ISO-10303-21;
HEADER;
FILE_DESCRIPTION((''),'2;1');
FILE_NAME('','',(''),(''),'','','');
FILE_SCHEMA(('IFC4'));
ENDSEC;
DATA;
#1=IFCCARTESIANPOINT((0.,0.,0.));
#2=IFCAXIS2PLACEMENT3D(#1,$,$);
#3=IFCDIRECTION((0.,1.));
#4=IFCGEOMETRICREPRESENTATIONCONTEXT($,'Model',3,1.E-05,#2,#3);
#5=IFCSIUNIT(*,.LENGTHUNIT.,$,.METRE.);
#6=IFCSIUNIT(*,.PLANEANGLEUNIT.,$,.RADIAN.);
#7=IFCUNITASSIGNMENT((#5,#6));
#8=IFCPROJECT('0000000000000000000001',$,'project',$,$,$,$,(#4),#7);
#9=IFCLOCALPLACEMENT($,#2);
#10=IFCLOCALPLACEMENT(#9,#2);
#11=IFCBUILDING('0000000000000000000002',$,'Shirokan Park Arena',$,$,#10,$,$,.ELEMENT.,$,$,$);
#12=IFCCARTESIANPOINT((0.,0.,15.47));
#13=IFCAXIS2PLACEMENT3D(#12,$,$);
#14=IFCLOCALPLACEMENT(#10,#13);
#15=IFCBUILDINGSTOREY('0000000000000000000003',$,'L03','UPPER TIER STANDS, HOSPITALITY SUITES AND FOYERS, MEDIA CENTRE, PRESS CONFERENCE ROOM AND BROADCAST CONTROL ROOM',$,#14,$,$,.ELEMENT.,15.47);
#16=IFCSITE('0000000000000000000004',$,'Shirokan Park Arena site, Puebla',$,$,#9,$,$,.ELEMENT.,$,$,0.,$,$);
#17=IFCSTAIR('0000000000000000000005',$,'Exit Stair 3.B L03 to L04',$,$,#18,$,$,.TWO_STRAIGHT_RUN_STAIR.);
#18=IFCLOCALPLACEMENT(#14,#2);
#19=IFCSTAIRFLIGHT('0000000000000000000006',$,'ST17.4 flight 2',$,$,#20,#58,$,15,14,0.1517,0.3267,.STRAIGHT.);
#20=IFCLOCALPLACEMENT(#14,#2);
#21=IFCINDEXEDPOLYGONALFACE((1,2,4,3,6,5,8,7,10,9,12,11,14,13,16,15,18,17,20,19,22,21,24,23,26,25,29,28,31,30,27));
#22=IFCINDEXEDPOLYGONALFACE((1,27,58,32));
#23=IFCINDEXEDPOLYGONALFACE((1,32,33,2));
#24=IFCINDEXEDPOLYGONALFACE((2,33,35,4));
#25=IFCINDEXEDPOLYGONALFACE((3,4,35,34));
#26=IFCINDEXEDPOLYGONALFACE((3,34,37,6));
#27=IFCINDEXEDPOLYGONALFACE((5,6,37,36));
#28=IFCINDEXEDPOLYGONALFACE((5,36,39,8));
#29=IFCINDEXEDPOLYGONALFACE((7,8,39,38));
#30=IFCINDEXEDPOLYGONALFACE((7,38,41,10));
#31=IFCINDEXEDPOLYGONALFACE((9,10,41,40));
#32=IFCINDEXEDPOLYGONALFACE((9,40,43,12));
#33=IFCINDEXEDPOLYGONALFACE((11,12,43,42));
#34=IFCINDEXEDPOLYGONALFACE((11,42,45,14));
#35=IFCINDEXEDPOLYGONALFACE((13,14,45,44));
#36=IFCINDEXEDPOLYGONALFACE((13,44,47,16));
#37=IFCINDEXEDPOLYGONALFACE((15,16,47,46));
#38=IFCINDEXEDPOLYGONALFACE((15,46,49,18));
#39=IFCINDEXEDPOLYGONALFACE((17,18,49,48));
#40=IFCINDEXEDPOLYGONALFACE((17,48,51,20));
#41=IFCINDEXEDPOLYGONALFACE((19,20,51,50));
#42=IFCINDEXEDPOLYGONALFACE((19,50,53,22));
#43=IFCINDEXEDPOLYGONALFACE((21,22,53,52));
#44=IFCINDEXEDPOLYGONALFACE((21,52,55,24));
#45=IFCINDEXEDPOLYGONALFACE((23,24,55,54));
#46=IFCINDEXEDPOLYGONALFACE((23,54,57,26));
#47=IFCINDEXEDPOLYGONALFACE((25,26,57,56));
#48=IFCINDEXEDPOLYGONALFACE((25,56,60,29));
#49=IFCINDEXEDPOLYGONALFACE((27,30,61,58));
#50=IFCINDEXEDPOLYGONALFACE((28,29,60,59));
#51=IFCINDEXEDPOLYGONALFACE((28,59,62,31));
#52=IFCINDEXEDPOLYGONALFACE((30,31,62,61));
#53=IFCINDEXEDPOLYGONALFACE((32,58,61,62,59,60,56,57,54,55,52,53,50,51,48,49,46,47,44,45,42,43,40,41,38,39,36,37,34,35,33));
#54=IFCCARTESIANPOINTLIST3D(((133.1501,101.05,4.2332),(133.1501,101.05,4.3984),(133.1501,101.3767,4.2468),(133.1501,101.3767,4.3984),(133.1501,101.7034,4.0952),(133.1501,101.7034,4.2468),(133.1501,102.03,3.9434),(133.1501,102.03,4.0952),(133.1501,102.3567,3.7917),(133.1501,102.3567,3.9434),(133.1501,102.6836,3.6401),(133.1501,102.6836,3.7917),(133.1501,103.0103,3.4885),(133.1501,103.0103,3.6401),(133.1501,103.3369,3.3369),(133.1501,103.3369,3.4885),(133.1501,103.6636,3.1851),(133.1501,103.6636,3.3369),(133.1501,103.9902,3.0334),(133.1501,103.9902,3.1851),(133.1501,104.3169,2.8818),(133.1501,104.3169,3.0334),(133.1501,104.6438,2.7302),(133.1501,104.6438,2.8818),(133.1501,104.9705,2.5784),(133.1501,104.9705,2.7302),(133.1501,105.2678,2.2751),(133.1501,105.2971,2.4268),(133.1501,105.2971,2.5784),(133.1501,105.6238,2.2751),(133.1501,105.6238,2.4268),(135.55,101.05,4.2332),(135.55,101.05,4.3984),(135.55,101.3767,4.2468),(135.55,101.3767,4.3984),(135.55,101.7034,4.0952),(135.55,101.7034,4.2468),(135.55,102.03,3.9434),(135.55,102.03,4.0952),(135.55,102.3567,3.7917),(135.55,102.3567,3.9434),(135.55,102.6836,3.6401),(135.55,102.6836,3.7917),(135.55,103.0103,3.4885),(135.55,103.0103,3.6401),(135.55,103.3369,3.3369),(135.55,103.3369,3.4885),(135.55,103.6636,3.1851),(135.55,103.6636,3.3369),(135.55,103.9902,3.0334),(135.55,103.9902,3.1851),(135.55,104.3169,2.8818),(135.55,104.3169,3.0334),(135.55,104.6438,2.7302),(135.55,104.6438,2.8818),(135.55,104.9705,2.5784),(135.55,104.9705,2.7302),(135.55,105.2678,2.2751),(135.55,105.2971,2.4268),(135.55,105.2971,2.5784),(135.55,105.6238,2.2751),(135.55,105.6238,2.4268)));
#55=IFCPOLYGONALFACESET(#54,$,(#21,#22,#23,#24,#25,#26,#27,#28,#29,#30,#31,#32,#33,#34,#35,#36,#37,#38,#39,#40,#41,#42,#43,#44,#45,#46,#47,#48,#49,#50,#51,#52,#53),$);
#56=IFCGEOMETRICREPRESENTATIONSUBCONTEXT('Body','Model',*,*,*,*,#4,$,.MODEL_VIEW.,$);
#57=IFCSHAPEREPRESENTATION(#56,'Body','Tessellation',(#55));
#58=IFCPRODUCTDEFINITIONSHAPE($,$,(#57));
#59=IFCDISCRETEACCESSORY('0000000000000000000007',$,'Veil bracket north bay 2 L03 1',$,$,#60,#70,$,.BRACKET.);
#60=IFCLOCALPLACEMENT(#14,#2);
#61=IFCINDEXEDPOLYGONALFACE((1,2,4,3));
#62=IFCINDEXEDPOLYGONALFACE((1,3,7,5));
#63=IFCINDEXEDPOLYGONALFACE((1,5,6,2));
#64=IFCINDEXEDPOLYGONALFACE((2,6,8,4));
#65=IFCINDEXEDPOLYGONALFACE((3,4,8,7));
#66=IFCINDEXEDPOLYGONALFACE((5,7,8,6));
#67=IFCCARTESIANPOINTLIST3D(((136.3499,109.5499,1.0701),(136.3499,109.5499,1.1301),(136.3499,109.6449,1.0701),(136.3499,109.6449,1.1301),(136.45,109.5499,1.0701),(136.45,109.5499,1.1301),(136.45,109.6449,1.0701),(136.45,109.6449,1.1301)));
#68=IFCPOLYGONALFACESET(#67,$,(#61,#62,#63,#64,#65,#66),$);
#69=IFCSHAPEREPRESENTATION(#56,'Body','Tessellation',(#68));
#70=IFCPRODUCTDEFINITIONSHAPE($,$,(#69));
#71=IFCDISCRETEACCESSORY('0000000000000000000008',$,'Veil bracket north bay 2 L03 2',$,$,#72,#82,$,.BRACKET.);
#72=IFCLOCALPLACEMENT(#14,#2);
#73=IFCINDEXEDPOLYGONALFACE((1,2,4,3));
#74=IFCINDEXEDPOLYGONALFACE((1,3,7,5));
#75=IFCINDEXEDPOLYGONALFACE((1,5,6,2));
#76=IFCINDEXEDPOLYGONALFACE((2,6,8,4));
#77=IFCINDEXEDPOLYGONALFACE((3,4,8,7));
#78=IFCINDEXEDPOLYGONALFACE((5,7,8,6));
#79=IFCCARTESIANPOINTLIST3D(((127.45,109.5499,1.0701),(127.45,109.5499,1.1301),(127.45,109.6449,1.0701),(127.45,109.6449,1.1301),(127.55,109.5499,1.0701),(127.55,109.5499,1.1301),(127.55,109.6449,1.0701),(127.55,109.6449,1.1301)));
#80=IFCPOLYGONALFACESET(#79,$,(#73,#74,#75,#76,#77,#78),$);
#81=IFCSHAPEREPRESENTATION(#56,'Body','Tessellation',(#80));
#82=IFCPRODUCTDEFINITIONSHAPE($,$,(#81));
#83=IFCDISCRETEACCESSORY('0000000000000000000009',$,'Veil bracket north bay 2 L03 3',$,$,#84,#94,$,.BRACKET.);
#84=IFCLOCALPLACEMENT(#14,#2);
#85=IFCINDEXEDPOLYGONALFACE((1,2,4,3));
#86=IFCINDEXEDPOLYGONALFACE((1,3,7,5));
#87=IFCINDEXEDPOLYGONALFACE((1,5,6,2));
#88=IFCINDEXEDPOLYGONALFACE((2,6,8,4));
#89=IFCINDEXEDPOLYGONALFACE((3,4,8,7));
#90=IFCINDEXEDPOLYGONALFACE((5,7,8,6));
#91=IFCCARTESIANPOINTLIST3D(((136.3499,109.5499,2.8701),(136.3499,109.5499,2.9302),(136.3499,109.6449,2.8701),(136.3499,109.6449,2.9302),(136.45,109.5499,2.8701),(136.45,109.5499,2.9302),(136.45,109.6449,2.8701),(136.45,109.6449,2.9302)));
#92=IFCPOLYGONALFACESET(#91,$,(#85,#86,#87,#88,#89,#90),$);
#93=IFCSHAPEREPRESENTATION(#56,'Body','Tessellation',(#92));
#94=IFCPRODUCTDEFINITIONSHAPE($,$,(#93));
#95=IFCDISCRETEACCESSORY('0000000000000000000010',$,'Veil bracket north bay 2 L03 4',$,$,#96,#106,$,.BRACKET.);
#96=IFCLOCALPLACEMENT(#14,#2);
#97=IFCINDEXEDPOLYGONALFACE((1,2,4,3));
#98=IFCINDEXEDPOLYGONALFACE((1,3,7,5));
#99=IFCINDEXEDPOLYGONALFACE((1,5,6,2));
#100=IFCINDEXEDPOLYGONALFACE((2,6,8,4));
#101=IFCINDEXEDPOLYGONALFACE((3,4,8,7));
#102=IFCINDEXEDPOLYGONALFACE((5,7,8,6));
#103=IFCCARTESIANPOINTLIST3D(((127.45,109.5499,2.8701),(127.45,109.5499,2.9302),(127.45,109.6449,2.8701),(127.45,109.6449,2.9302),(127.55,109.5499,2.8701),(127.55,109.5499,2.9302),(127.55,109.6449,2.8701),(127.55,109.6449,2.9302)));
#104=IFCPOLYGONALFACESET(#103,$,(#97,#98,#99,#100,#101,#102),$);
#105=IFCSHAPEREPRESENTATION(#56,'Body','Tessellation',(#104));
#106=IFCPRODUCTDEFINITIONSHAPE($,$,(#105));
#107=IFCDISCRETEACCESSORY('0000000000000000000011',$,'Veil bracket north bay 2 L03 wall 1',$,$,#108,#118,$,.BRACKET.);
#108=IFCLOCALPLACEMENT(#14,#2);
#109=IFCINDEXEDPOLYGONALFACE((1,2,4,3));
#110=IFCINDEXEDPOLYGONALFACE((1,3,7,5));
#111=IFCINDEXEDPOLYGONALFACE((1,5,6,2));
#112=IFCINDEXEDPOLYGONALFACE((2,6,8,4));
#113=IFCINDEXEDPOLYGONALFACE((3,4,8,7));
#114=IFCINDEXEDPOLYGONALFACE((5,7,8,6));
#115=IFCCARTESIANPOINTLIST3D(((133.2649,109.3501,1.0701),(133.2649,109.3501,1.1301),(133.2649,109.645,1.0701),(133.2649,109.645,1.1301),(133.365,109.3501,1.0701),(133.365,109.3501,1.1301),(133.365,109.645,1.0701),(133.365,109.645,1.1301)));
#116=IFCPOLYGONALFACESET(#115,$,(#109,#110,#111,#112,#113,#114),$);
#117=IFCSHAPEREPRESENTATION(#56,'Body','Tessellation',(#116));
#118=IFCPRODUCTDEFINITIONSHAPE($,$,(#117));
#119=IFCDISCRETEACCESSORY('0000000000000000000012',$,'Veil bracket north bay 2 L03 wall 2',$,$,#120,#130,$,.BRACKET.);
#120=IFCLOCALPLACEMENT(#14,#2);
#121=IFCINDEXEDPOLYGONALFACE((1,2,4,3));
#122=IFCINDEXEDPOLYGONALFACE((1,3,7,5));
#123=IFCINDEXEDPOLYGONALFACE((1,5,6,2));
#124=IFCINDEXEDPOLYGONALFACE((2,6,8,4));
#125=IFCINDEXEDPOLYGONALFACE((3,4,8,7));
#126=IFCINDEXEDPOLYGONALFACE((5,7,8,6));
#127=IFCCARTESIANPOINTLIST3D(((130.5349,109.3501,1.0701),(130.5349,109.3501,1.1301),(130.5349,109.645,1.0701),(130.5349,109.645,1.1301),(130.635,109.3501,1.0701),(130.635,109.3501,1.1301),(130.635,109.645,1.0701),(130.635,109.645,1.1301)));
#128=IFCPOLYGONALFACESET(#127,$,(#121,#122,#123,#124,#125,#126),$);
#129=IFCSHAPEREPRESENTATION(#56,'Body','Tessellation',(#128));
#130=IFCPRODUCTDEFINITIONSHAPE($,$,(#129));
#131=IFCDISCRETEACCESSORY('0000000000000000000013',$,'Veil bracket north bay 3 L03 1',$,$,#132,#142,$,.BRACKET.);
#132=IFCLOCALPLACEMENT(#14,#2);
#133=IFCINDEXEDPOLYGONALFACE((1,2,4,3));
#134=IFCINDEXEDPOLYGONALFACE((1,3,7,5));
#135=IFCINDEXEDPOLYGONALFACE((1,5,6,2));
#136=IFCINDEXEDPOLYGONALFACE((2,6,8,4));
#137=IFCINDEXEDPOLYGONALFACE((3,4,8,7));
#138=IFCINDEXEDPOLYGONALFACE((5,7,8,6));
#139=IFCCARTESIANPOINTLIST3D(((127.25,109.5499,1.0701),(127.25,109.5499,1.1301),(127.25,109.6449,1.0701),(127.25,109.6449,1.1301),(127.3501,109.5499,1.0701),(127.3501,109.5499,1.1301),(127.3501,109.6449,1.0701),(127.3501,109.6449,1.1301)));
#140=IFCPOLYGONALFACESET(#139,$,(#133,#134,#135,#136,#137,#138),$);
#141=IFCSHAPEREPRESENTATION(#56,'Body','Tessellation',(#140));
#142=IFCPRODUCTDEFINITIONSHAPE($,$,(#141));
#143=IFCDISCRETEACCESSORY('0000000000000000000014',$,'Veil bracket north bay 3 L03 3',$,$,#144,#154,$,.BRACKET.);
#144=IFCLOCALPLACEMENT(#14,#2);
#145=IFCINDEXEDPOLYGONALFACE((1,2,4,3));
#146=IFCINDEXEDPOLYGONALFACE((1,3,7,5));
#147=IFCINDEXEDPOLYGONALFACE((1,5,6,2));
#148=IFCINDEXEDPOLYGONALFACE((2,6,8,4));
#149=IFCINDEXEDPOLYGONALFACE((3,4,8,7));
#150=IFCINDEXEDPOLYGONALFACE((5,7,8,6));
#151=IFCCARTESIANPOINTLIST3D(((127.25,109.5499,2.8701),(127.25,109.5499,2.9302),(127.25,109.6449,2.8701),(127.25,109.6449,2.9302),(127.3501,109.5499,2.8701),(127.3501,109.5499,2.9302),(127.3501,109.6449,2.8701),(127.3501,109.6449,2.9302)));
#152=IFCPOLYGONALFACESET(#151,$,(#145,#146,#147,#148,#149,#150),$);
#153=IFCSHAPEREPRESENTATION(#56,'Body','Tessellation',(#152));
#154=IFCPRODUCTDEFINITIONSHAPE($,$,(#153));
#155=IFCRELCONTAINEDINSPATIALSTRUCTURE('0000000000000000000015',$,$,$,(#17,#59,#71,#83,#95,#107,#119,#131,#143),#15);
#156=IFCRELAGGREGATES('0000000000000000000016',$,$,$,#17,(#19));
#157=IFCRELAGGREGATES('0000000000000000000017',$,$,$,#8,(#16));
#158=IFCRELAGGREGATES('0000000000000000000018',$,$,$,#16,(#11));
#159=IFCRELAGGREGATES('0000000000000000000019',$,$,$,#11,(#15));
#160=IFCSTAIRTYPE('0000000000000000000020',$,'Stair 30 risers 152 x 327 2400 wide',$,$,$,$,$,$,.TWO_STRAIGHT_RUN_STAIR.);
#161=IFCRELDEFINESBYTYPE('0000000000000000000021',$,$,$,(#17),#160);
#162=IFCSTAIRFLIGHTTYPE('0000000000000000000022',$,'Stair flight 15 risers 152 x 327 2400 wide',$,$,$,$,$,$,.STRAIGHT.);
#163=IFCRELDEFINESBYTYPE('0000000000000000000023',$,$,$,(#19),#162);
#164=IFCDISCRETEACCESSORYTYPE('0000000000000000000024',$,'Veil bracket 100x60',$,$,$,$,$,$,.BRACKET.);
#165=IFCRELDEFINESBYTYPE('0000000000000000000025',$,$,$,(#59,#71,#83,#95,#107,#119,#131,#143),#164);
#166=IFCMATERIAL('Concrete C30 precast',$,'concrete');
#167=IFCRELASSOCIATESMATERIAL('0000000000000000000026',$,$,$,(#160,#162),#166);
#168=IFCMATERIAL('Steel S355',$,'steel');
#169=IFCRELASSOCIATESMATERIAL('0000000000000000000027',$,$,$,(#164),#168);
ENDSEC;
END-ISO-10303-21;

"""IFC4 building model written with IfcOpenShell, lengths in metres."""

from ifc_helpers import new_model, si_unit, direction, frame, origin, origin_2d, place, context, subcontext, project, spatial, polyline, rectangle, outline, extrude, material, type_object, element, aggregate, save


model = new_model("IFC4")

# Units and contexts
model_context = context("Model", 3, precision=1e-05, world=origin(), true_north=direction((0.0, 1.0)))
body_context = subcontext(model_context, "Body", "Model", "MODEL_VIEW")
ifc_project = project(units=[si_unit("LENGTHUNIT", "METRE"), si_unit("PLANEANGLEUNIT", "RADIAN")], contexts=[model_context])

# Site, building, storey
site_placement = place(None, origin())
site = spatial("IfcSite", under=ifc_project, at=site_placement, Name="Shirokan Park Arena site, Puebla", CompositionType="ELEMENT", RefElevation=0.0)
building_placement = place(site_placement, origin())
building = spatial("IfcBuilding", under=site, at=building_placement, Name="Shirokan Park Arena", CompositionType="ELEMENT")
storey_placement = place(building_placement, frame((0.0, 0.0, 15.47)))
storey = spatial("IfcBuildingStorey", under=building, at=storey_placement, Name="L03", Description="UPPER TIER STANDS, HOSPITALITY SUITES AND FOYERS, MEDIA CENTRE, PRESS CONFERENCE ROOM AND BROADCAST CONTROL ROOM", CompositionType="ELEMENT", Elevation=15.47)

# Stair, stair flight
ifc_material_1 = material(Name="Concrete C30 precast", Category="concrete")
stair_type = type_object("IfcStairType", Name="Stair 30 risers 152 x 327 2400 wide", PredefinedType="TWO_STRAIGHT_RUN_STAIR", material=ifc_material_1)
stair_placement = place(storey_placement, origin())
stair = element("IfcStair", 1, at=stair_placement, inside=storey, type_object=stair_type, Name="Exit Stair 3.B L03 to L04", PredefinedType="TWO_STRAIGHT_RUN_STAIR")
stair_flight_type = type_object("IfcStairFlightType", Name="Stair flight 15 risers 152 x 327 2400 wide", PredefinedType="STRAIGHT", material=ifc_material_1)
stair_flight_placement = place(storey_placement, frame((134.3501, 105.6238, 2.2751), z_axis=(0.0, 0.0, 1.0), x_axis=(0.0, -1.0, 0.0)))
stair_flight = element("IfcStairFlight", 2, at=stair_flight_placement, type_object=stair_flight_type, Name="ST17.4 flight 2", NumberOfRisers=15, NumberOfTreads=14, PredefinedType="STRAIGHT", RiserHeight=0.1517, TreadLength=0.3267, context=body_context, shape_type="SweptSolid", body=[
    extrude(outline(polyline([(0.0, 0.0), (0.0, 0.1516), (0.3267, 0.1516), (0.3267, 0.3032), (0.6533, 0.3032), (0.6533, 0.4551), (0.98, 0.4551), (0.98, 0.6067), (1.3069, 0.6067), (1.3069, 0.7583), (1.6335, 0.7583), (1.6335, 0.9099), (1.9602, 0.9099), (1.9602, 1.0618), (2.2869, 1.0618), (2.2869, 1.2134), (2.6135, 1.2134), (2.6135, 1.365), (2.9402, 1.365), (2.9402, 1.5166), (3.2671, 1.5166), (3.2671, 1.6682), (3.5938, 1.6682), (3.5938, 1.8201), (3.9204, 1.8201), (3.9204, 1.9717), (4.2471, 1.9717), (4.2471, 2.1233), (4.5737, 2.1233), (4.5737, 2.2749), (4.5737, 1.958), (0.356, 0.0), (0.0, 0.0)])), frame((0.0, 1.2, 0.0), z_axis=(0.0, -1.0, 0.0), x_axis=(1.0, 0.0, 0.0)), (0.0, 0.0, 1.0), 2.3999),
])
aggregate(stair, [stair_flight])

# Discrete accessories
ifc_material_2 = material(Name="Steel S355", Category="steel")
discrete_accessory_type = type_object("IfcDiscreteAccessoryType", Name="Veil bracket 100x60", PredefinedType="BRACKET", material=ifc_material_2)
for number, where, z_axis, x_axis, name in (
    (3, (136.3999, 109.5974, 1.0701), (0.0, 0.0, 1.0), (-1.0, 0.0, 0.0), "Veil bracket north bay 2 L03 1"),
    (4, (127.5, 109.5974, 1.0701), (0.0, 0.0, 1.0), (-1.0, 0.0, 0.0), "Veil bracket north bay 2 L03 2"),
    (5, (136.3999, 109.5974, 2.8701), (0.0, 0.0, 1.0), (-1.0, 0.0, 0.0), "Veil bracket north bay 2 L03 3"),
    (6, (127.5, 109.5974, 2.8701), (0.0, 0.0, 1.0), (-1.0, 0.0, 0.0), "Veil bracket north bay 2 L03 4"),
):
    element("IfcDiscreteAccessory", number, at=place(storey_placement, frame(where, z_axis=z_axis, x_axis=x_axis)), inside=storey, type_object=discrete_accessory_type, Name=name, PredefinedType="BRACKET", context=body_context, shape_type="SweptSolid", body=[
        extrude(rectangle(XDim=0.1001, YDim=0.095, at=origin_2d()), origin(), (0.0, 0.0, 1.0), 0.0601),
    ])
for number, where, z_axis, x_axis, name in (
    (7, (133.3149, 109.4976, 1.0701), (0.0, 0.0, 1.0), (-1.0, 0.0, 0.0), "Veil bracket north bay 2 L03 wall 1"),
    (8, (130.585, 109.4976, 1.0701), (0.0, 0.0, 1.0), (-1.0, 0.0, 0.0), "Veil bracket north bay 2 L03 wall 2"),
):
    element("IfcDiscreteAccessory", number, at=place(storey_placement, frame(where, z_axis=z_axis, x_axis=x_axis)), inside=storey, type_object=discrete_accessory_type, Name=name, PredefinedType="BRACKET", context=body_context, shape_type="SweptSolid", body=[
        extrude(rectangle(XDim=0.1001, YDim=0.2949, at=origin_2d()), origin(), (0.0, 0.0, 1.0), 0.0601),
    ])
for number, where, z_axis, x_axis, name in (
    (9, (127.3, 109.5974, 1.0701), (0.0, 0.0, 1.0), (-1.0, 0.0, 0.0), "Veil bracket north bay 3 L03 1"),
    (10, (127.3, 109.5974, 2.8701), (0.0, 0.0, 1.0), (-1.0, 0.0, 0.0), "Veil bracket north bay 3 L03 3"),
):
    element("IfcDiscreteAccessory", number, at=place(storey_placement, frame(where, z_axis=z_axis, x_axis=x_axis)), inside=storey, type_object=discrete_accessory_type, Name=name, PredefinedType="BRACKET", context=body_context, shape_type="SweptSolid", body=[
        extrude(rectangle(XDim=0.1001, YDim=0.095, at=origin_2d()), origin(), (0.0, 0.0, 1.0), 0.0601),
    ])

save(model, "model.ifc")
